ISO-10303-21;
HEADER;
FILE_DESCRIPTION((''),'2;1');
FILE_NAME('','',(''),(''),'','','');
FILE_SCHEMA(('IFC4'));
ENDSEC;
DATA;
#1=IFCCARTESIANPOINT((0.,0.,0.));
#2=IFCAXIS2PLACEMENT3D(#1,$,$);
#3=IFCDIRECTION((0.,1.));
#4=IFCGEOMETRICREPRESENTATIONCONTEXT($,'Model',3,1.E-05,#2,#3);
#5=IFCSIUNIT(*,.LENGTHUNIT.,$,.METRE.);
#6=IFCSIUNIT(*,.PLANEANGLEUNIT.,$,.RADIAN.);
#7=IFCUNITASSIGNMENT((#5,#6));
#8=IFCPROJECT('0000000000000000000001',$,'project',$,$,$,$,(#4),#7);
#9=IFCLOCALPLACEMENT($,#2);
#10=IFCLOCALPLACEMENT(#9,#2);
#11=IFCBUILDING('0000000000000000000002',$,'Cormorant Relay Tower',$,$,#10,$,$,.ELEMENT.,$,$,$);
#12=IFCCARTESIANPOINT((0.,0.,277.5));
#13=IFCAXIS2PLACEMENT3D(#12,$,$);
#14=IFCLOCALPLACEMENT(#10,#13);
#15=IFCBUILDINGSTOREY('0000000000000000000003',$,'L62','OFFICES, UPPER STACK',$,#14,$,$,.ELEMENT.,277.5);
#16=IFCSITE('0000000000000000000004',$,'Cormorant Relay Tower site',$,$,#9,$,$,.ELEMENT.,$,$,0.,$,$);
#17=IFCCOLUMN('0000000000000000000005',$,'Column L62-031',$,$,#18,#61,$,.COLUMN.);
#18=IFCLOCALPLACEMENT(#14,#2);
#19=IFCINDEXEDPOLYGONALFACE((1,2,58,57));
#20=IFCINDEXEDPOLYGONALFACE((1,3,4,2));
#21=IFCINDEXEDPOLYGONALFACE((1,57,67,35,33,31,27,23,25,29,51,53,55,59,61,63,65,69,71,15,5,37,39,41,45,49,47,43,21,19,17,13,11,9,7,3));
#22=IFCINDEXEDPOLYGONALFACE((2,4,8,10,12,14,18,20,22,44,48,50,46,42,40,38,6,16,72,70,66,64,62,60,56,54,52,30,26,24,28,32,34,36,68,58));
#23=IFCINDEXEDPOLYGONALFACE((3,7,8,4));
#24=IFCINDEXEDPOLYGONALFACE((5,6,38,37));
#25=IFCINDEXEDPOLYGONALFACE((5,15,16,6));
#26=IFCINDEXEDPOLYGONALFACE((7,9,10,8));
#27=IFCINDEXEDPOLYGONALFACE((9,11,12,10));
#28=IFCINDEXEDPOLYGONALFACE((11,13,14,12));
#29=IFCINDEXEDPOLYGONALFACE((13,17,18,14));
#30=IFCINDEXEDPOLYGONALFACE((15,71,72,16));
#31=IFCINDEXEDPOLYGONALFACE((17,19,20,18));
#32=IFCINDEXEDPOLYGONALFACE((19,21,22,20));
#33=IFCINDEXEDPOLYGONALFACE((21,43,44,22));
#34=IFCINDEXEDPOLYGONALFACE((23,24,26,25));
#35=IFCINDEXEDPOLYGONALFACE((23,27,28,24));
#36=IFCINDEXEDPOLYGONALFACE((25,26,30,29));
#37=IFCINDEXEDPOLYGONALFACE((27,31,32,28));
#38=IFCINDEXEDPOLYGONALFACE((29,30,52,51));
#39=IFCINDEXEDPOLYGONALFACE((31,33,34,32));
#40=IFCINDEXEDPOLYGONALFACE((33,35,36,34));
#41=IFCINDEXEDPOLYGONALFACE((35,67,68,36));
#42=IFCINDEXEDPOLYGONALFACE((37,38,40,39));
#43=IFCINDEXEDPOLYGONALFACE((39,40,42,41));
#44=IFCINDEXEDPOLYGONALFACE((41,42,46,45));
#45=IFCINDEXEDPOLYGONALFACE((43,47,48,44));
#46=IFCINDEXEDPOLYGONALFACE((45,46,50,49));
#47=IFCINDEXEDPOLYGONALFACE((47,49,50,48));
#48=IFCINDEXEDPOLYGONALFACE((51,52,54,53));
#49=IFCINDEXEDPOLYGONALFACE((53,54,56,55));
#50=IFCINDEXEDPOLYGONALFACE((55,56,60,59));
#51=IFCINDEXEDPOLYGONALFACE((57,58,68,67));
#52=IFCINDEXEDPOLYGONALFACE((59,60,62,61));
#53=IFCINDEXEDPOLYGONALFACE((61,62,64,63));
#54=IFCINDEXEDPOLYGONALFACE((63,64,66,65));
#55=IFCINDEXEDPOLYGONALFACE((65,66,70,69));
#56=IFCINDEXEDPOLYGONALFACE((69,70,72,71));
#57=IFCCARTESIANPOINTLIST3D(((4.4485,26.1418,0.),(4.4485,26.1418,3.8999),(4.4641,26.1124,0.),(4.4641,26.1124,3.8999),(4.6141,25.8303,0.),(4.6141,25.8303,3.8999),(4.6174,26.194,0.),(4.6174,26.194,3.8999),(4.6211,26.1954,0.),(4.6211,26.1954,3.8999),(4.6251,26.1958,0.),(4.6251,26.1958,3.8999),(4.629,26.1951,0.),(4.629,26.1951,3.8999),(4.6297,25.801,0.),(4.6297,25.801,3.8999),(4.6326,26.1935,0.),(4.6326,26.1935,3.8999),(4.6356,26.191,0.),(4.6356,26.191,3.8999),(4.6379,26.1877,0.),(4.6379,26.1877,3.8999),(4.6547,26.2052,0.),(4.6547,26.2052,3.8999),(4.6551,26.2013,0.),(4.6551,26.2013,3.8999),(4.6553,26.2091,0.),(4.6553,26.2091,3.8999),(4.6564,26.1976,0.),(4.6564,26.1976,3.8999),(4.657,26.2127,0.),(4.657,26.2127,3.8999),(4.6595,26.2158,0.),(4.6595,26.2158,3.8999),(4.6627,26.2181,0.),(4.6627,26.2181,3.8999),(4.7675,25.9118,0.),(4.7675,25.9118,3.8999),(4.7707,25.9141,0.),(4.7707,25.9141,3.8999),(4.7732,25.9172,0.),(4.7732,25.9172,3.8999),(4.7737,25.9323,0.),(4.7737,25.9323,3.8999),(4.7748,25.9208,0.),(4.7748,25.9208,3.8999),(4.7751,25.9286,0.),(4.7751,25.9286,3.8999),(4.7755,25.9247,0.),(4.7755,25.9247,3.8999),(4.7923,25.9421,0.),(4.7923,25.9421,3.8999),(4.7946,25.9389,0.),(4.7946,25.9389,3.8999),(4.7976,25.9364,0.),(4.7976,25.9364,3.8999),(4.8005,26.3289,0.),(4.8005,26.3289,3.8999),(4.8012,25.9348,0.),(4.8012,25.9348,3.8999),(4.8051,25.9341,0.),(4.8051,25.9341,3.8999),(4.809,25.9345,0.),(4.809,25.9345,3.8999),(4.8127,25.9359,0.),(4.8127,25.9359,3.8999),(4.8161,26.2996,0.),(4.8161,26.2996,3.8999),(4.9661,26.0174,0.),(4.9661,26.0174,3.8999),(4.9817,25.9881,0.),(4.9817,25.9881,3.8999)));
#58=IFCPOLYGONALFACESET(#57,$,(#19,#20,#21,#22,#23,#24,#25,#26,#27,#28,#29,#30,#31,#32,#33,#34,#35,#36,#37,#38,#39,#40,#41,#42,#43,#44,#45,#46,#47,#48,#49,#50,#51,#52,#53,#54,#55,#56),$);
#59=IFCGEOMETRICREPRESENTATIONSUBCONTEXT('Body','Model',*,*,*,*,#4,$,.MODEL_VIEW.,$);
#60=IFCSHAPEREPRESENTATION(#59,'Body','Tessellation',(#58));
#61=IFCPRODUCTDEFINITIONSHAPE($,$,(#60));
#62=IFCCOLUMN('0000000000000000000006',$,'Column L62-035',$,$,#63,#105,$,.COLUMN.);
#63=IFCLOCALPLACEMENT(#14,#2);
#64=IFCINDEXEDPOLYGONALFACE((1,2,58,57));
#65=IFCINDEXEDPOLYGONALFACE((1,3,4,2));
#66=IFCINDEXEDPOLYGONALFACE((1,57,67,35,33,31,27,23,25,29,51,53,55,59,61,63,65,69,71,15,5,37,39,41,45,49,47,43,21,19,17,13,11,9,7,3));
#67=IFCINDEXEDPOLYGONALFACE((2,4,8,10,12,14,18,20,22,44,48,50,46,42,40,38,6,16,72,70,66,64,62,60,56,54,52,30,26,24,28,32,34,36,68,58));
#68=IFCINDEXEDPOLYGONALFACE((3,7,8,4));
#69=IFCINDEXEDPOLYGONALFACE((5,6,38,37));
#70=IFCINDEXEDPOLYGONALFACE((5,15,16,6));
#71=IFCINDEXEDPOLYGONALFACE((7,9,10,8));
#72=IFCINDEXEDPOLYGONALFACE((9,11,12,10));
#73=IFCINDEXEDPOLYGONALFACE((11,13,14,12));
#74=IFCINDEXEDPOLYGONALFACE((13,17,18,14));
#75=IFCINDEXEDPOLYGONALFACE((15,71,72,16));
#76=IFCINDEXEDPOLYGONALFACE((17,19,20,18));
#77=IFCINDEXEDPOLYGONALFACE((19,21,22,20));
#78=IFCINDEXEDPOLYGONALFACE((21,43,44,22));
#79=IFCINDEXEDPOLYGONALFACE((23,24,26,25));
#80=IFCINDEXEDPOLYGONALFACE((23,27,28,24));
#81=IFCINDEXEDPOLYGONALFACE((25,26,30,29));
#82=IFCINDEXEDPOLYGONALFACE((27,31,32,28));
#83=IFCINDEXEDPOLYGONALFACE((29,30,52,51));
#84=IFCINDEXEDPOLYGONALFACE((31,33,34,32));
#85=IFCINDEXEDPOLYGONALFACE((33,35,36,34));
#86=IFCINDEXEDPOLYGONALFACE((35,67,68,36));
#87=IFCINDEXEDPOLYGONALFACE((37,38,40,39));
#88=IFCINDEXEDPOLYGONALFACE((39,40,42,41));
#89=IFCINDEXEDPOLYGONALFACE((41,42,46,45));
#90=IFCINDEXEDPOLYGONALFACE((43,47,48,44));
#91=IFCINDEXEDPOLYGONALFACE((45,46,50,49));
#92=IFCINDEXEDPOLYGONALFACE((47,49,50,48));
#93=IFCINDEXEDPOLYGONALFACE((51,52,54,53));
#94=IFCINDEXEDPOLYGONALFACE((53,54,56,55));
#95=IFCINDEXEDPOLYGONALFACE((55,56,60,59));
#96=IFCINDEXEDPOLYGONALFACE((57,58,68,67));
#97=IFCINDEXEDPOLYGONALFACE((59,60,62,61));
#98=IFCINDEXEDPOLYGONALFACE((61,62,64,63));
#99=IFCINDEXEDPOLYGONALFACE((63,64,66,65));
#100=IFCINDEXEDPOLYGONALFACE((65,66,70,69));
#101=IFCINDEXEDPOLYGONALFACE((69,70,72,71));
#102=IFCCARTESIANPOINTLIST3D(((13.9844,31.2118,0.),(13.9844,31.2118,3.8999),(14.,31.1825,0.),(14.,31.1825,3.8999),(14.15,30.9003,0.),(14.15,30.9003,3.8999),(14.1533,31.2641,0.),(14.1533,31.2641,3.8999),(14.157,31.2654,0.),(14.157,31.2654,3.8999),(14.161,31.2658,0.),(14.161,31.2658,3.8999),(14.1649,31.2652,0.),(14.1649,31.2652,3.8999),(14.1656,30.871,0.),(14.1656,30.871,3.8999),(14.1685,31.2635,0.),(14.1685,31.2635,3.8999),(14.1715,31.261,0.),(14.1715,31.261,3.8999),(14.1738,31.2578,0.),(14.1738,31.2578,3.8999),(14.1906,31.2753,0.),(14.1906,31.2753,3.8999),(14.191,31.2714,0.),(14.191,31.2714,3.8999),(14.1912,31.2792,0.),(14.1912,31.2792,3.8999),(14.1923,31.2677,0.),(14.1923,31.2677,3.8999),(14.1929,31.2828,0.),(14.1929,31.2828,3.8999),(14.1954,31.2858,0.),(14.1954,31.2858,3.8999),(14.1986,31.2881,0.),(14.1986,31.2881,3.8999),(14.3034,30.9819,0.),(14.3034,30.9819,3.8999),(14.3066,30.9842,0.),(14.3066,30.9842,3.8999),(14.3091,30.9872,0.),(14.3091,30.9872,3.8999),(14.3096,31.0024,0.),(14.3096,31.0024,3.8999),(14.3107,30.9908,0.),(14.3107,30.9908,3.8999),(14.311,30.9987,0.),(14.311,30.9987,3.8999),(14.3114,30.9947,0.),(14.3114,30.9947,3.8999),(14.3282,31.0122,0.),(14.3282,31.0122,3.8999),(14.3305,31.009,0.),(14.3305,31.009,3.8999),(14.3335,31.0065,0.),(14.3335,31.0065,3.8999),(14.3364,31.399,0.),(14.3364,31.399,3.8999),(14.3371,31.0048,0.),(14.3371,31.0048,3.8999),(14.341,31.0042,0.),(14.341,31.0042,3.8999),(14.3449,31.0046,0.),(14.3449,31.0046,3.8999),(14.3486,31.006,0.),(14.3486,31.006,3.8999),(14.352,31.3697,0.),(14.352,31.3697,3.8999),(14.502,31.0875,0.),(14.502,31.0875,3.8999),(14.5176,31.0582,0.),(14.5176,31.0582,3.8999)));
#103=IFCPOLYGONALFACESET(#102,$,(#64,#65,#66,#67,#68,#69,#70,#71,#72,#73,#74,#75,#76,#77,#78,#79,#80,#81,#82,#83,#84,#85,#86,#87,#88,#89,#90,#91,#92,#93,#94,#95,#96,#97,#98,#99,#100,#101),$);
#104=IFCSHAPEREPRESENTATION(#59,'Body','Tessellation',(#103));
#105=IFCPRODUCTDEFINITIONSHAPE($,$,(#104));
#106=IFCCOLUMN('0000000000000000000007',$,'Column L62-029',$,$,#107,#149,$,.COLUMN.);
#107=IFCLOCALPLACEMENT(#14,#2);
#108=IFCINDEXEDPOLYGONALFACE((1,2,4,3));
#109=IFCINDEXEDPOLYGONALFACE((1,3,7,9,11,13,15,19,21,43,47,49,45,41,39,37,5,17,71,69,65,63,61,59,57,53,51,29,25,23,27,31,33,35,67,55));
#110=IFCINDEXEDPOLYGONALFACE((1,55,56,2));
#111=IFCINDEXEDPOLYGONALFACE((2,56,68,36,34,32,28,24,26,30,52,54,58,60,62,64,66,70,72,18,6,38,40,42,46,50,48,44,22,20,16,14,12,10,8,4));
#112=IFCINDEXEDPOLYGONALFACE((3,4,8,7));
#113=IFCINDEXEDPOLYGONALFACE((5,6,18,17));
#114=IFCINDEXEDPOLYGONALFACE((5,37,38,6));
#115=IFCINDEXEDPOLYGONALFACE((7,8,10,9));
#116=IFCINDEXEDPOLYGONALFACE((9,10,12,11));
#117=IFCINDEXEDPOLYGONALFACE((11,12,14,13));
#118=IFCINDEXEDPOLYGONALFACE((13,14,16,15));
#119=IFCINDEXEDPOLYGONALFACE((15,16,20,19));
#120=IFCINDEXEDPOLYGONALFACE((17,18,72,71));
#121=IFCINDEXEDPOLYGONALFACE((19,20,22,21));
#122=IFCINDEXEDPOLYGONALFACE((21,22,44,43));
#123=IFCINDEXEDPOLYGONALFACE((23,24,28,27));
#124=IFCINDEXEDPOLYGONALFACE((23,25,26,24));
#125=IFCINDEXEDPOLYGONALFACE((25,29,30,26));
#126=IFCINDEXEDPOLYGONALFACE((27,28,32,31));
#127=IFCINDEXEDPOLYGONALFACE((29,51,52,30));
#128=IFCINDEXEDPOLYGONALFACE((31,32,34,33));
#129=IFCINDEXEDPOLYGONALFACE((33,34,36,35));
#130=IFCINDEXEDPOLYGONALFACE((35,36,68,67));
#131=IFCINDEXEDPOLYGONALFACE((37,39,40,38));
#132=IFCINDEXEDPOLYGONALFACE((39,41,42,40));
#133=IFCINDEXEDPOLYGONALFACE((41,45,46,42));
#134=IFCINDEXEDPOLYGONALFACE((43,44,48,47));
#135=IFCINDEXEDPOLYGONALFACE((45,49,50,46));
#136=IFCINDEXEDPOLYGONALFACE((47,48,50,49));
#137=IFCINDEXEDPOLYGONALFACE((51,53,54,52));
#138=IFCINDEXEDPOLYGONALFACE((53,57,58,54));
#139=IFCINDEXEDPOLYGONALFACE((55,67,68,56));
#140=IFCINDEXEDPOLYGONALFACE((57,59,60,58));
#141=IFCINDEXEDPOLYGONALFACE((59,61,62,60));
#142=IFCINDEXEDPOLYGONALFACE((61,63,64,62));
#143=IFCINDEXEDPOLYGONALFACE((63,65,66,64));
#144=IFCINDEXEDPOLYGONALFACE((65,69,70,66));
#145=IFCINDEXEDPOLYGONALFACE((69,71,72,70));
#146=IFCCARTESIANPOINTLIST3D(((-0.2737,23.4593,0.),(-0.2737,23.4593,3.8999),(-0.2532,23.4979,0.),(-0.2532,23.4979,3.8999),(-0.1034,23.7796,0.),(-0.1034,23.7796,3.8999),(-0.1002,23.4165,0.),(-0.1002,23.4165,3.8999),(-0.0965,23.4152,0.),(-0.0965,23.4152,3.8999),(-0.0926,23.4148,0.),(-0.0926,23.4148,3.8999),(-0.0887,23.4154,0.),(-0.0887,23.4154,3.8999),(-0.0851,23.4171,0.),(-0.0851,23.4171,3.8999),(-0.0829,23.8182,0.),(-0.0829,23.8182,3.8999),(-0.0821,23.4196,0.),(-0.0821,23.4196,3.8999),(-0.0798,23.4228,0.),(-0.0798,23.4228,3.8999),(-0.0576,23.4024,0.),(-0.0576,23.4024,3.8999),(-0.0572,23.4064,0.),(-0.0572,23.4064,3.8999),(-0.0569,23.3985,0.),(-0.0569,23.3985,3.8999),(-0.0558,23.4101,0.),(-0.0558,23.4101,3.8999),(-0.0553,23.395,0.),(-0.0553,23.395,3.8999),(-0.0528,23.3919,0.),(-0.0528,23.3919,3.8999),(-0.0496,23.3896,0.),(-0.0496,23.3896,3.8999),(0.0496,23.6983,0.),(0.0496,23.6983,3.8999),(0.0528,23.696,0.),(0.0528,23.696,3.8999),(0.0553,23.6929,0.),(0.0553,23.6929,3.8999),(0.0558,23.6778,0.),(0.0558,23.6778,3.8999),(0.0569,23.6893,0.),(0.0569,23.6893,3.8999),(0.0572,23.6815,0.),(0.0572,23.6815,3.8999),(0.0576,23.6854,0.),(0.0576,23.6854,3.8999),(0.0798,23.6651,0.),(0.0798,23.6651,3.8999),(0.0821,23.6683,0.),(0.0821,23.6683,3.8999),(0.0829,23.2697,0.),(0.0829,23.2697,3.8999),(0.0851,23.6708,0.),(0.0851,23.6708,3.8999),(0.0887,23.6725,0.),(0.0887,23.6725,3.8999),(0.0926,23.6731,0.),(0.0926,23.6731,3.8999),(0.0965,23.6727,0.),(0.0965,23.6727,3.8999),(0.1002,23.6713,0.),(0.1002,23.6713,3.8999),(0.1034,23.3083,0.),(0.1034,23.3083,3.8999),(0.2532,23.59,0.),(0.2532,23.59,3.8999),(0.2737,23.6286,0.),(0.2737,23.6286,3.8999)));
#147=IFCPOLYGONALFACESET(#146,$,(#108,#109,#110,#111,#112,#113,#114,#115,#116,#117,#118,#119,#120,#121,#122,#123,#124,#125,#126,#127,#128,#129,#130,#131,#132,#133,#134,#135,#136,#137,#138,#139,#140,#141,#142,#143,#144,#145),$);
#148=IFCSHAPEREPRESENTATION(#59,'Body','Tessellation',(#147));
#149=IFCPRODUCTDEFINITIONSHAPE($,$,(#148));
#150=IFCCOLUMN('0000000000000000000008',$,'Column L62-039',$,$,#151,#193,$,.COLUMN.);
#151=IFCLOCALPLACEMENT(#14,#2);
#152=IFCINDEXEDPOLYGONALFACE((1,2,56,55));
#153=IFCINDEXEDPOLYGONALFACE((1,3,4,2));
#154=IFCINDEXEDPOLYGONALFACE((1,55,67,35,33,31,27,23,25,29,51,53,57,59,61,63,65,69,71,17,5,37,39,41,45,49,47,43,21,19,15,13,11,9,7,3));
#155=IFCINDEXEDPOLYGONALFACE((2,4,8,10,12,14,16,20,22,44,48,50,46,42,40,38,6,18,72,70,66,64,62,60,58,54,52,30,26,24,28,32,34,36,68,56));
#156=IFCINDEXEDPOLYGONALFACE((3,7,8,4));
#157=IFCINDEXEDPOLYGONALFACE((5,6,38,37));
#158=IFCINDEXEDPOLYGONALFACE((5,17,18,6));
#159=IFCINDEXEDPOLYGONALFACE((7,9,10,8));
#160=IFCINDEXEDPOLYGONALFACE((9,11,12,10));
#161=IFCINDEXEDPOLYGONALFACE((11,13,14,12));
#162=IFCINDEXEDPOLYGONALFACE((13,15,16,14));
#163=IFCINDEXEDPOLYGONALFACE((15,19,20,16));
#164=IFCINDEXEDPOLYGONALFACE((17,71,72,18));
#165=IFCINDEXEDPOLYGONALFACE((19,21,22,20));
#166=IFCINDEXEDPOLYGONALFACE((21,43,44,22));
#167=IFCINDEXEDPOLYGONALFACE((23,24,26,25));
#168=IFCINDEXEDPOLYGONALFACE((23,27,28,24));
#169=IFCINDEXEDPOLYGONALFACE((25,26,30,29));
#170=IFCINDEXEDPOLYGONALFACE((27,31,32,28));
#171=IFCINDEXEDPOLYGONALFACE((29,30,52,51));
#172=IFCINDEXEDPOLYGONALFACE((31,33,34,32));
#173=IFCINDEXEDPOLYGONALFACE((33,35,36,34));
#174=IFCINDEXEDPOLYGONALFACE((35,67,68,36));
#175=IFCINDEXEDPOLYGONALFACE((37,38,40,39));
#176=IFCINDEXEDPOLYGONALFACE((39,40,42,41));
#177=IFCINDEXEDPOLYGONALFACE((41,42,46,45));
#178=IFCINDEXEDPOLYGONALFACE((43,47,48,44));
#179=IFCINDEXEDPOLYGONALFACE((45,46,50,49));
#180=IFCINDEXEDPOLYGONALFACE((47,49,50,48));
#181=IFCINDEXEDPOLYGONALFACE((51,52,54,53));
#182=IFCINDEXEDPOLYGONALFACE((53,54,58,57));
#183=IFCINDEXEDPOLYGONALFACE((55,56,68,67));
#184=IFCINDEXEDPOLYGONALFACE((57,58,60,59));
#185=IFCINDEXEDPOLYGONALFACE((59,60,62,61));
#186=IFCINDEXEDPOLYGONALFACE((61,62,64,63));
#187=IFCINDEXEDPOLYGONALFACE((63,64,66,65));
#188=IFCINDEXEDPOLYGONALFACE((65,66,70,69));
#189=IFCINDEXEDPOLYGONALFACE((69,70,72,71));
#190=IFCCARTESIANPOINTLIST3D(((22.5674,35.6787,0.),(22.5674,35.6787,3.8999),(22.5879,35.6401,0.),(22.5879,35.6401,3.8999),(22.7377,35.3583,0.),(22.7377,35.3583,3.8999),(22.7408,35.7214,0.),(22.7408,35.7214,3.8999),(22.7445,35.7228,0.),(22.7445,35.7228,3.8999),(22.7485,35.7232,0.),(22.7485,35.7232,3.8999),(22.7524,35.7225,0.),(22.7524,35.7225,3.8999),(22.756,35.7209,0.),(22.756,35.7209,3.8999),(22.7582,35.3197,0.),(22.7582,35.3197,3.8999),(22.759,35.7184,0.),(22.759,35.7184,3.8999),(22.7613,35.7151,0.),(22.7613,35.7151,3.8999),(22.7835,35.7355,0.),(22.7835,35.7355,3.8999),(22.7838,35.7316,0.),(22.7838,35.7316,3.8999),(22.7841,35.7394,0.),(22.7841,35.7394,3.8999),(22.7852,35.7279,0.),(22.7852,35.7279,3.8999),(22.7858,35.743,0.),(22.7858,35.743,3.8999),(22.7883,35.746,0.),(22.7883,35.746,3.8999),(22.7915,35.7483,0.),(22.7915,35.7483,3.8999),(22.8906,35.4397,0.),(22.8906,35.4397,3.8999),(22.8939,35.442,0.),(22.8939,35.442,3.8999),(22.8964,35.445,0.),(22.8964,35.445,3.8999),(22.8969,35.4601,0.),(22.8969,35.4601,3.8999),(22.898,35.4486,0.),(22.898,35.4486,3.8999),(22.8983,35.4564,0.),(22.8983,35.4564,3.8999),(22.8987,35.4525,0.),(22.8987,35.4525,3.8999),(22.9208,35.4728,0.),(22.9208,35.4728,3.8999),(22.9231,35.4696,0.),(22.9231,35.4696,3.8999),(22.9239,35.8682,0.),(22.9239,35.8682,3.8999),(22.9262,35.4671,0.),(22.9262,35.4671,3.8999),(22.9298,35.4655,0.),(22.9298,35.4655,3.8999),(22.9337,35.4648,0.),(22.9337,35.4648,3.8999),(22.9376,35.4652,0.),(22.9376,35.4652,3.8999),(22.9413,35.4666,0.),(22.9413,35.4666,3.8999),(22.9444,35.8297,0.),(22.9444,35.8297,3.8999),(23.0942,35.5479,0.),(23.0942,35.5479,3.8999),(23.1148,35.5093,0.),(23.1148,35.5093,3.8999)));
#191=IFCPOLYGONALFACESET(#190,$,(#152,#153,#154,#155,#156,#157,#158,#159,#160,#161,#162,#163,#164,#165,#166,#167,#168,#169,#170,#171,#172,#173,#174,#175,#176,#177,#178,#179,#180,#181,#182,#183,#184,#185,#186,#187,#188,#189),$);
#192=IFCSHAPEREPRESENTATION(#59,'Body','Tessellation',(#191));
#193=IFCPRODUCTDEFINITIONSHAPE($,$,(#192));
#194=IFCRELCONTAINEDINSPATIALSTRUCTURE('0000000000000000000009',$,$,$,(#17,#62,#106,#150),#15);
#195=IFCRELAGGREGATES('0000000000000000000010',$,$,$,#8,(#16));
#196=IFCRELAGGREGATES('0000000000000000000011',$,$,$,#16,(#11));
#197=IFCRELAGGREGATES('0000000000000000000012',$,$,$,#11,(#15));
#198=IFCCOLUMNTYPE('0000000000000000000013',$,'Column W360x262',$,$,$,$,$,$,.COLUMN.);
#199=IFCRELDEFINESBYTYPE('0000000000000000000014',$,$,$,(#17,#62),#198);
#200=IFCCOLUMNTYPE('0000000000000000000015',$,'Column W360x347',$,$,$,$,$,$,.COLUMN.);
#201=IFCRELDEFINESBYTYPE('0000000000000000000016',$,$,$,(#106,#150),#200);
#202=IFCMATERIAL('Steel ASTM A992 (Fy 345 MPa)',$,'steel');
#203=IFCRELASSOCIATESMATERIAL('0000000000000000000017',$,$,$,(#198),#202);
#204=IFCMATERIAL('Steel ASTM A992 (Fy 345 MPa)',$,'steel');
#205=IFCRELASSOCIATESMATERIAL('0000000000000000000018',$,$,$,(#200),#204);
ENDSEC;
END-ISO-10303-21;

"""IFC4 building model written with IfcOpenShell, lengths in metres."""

from ifc_helpers import new_model, si_unit, direction, frame, origin, origin_2d, place, context, subcontext, project, spatial, i_section, extrude, material, material_profile, profile_set, type_object, element, save


model = new_model("IFC4")

# Units and contexts
model_context = context("Model", 3, precision=1e-05, world=origin(), true_north=direction((0.0, 1.0)))
body_context = subcontext(model_context, "Body", "Model", "MODEL_VIEW")
ifc_project = project(units=[si_unit("LENGTHUNIT", "METRE"), si_unit("PLANEANGLEUNIT", "RADIAN")], contexts=[model_context])

# Site, building, storey
site_placement = place(None, origin())
site = spatial("IfcSite", under=ifc_project, at=site_placement, Name="Cormorant Relay Tower site", CompositionType="ELEMENT", RefElevation=0.0)
building_placement = place(site_placement, origin())
building = spatial("IfcBuilding", under=site, at=building_placement, Name="Cormorant Relay Tower", CompositionType="ELEMENT")
storey_placement = place(building_placement, frame((0.0, 0.0, 277.5)))
storey = spatial("IfcBuildingStorey", under=building, at=storey_placement, Name="L62", Description="OFFICES, UPPER STACK", CompositionType="ELEMENT", Elevation=277.5)

# Columns
ifc_material_1 = material(Name="Steel ASTM A992 (Fy 345 MPa)", Category="steel")
ifc_material_profile_1 = material_profile(ifc_material_1, i_section(OverallWidth=0.3987, OverallDepth=0.386, WebThickness=0.021, FlangeThickness=0.0332, FilletRadius=0.0151, at=origin_2d()), Name="W360x262")
ifc_profile_set_1 = profile_set([ifc_material_profile_1], Name="Steel ASTM A992 (Fy 345 MPa)")
column_type_1 = type_object("IfcColumnType", Name="Column W360x262", PredefinedType="COLUMN", material=ifc_profile_set_1)
for number, where, z_axis, x_axis, name in (
    (1, (4.7151, 26.0649, 0.0), (0.0, 0.0, 1.0), (-0.882948, -0.469472, 0.0), "Column L62-031"),
    (2, (14.251, 31.135, 0.0), (0.0, 0.0, 1.0), (-0.882948, -0.469472, 0.0), "Column L62-035"),
):
    element("IfcColumn", number, at=place(storey_placement, frame(where, z_axis=z_axis, x_axis=x_axis)), inside=storey, type_object=column_type_1, Name=name, PredefinedType="COLUMN", context=body_context, shape_type="SweptSolid", body=[
        extrude(i_section(OverallWidth=0.3987, OverallDepth=0.386, WebThickness=0.021, FlangeThickness=0.0332, FilletRadius=0.0151, at=origin_2d()), origin(), (0.0, 0.0, 1.0), 3.8999),
    ])
ifc_material_2 = material(Name="Steel ASTM A992 (Fy 345 MPa)", Category="steel")
ifc_material_profile_2 = material_profile(ifc_material_2, i_section(OverallWidth=0.4038, OverallDepth=0.4065, WebThickness=0.0271, FlangeThickness=0.0437, FilletRadius=0.0151, at=origin_2d()), Name="W360x347")
ifc_profile_set_2 = profile_set([ifc_material_profile_2], Name="Steel ASTM A992 (Fy 345 MPa)")
column_type_2 = type_object("IfcColumnType", Name="Column W360x347", PredefinedType="COLUMN", material=ifc_profile_set_2)
for number, where, z_axis, x_axis, name in (
    (3, (0.0, 23.5439, 0.0), (0.0, 0.0, 1.0), (-0.882948, 0.469472, 0.0), "Column L62-029"),
    (4, (22.8411, 35.594, 0.0), (0.0, 0.0, 1.0), (-0.882948, -0.469472, 0.0), "Column L62-039"),
):
    element("IfcColumn", number, at=place(storey_placement, frame(where, z_axis=z_axis, x_axis=x_axis)), inside=storey, type_object=column_type_2, Name=name, PredefinedType="COLUMN", context=body_context, shape_type="SweptSolid", body=[
        extrude(i_section(OverallWidth=0.4038, OverallDepth=0.4065, WebThickness=0.0271, FlangeThickness=0.0437, FilletRadius=0.0151, at=origin_2d()), origin(), (0.0, 0.0, 1.0), 3.8999),
    ])

save(model, "model.ifc")
